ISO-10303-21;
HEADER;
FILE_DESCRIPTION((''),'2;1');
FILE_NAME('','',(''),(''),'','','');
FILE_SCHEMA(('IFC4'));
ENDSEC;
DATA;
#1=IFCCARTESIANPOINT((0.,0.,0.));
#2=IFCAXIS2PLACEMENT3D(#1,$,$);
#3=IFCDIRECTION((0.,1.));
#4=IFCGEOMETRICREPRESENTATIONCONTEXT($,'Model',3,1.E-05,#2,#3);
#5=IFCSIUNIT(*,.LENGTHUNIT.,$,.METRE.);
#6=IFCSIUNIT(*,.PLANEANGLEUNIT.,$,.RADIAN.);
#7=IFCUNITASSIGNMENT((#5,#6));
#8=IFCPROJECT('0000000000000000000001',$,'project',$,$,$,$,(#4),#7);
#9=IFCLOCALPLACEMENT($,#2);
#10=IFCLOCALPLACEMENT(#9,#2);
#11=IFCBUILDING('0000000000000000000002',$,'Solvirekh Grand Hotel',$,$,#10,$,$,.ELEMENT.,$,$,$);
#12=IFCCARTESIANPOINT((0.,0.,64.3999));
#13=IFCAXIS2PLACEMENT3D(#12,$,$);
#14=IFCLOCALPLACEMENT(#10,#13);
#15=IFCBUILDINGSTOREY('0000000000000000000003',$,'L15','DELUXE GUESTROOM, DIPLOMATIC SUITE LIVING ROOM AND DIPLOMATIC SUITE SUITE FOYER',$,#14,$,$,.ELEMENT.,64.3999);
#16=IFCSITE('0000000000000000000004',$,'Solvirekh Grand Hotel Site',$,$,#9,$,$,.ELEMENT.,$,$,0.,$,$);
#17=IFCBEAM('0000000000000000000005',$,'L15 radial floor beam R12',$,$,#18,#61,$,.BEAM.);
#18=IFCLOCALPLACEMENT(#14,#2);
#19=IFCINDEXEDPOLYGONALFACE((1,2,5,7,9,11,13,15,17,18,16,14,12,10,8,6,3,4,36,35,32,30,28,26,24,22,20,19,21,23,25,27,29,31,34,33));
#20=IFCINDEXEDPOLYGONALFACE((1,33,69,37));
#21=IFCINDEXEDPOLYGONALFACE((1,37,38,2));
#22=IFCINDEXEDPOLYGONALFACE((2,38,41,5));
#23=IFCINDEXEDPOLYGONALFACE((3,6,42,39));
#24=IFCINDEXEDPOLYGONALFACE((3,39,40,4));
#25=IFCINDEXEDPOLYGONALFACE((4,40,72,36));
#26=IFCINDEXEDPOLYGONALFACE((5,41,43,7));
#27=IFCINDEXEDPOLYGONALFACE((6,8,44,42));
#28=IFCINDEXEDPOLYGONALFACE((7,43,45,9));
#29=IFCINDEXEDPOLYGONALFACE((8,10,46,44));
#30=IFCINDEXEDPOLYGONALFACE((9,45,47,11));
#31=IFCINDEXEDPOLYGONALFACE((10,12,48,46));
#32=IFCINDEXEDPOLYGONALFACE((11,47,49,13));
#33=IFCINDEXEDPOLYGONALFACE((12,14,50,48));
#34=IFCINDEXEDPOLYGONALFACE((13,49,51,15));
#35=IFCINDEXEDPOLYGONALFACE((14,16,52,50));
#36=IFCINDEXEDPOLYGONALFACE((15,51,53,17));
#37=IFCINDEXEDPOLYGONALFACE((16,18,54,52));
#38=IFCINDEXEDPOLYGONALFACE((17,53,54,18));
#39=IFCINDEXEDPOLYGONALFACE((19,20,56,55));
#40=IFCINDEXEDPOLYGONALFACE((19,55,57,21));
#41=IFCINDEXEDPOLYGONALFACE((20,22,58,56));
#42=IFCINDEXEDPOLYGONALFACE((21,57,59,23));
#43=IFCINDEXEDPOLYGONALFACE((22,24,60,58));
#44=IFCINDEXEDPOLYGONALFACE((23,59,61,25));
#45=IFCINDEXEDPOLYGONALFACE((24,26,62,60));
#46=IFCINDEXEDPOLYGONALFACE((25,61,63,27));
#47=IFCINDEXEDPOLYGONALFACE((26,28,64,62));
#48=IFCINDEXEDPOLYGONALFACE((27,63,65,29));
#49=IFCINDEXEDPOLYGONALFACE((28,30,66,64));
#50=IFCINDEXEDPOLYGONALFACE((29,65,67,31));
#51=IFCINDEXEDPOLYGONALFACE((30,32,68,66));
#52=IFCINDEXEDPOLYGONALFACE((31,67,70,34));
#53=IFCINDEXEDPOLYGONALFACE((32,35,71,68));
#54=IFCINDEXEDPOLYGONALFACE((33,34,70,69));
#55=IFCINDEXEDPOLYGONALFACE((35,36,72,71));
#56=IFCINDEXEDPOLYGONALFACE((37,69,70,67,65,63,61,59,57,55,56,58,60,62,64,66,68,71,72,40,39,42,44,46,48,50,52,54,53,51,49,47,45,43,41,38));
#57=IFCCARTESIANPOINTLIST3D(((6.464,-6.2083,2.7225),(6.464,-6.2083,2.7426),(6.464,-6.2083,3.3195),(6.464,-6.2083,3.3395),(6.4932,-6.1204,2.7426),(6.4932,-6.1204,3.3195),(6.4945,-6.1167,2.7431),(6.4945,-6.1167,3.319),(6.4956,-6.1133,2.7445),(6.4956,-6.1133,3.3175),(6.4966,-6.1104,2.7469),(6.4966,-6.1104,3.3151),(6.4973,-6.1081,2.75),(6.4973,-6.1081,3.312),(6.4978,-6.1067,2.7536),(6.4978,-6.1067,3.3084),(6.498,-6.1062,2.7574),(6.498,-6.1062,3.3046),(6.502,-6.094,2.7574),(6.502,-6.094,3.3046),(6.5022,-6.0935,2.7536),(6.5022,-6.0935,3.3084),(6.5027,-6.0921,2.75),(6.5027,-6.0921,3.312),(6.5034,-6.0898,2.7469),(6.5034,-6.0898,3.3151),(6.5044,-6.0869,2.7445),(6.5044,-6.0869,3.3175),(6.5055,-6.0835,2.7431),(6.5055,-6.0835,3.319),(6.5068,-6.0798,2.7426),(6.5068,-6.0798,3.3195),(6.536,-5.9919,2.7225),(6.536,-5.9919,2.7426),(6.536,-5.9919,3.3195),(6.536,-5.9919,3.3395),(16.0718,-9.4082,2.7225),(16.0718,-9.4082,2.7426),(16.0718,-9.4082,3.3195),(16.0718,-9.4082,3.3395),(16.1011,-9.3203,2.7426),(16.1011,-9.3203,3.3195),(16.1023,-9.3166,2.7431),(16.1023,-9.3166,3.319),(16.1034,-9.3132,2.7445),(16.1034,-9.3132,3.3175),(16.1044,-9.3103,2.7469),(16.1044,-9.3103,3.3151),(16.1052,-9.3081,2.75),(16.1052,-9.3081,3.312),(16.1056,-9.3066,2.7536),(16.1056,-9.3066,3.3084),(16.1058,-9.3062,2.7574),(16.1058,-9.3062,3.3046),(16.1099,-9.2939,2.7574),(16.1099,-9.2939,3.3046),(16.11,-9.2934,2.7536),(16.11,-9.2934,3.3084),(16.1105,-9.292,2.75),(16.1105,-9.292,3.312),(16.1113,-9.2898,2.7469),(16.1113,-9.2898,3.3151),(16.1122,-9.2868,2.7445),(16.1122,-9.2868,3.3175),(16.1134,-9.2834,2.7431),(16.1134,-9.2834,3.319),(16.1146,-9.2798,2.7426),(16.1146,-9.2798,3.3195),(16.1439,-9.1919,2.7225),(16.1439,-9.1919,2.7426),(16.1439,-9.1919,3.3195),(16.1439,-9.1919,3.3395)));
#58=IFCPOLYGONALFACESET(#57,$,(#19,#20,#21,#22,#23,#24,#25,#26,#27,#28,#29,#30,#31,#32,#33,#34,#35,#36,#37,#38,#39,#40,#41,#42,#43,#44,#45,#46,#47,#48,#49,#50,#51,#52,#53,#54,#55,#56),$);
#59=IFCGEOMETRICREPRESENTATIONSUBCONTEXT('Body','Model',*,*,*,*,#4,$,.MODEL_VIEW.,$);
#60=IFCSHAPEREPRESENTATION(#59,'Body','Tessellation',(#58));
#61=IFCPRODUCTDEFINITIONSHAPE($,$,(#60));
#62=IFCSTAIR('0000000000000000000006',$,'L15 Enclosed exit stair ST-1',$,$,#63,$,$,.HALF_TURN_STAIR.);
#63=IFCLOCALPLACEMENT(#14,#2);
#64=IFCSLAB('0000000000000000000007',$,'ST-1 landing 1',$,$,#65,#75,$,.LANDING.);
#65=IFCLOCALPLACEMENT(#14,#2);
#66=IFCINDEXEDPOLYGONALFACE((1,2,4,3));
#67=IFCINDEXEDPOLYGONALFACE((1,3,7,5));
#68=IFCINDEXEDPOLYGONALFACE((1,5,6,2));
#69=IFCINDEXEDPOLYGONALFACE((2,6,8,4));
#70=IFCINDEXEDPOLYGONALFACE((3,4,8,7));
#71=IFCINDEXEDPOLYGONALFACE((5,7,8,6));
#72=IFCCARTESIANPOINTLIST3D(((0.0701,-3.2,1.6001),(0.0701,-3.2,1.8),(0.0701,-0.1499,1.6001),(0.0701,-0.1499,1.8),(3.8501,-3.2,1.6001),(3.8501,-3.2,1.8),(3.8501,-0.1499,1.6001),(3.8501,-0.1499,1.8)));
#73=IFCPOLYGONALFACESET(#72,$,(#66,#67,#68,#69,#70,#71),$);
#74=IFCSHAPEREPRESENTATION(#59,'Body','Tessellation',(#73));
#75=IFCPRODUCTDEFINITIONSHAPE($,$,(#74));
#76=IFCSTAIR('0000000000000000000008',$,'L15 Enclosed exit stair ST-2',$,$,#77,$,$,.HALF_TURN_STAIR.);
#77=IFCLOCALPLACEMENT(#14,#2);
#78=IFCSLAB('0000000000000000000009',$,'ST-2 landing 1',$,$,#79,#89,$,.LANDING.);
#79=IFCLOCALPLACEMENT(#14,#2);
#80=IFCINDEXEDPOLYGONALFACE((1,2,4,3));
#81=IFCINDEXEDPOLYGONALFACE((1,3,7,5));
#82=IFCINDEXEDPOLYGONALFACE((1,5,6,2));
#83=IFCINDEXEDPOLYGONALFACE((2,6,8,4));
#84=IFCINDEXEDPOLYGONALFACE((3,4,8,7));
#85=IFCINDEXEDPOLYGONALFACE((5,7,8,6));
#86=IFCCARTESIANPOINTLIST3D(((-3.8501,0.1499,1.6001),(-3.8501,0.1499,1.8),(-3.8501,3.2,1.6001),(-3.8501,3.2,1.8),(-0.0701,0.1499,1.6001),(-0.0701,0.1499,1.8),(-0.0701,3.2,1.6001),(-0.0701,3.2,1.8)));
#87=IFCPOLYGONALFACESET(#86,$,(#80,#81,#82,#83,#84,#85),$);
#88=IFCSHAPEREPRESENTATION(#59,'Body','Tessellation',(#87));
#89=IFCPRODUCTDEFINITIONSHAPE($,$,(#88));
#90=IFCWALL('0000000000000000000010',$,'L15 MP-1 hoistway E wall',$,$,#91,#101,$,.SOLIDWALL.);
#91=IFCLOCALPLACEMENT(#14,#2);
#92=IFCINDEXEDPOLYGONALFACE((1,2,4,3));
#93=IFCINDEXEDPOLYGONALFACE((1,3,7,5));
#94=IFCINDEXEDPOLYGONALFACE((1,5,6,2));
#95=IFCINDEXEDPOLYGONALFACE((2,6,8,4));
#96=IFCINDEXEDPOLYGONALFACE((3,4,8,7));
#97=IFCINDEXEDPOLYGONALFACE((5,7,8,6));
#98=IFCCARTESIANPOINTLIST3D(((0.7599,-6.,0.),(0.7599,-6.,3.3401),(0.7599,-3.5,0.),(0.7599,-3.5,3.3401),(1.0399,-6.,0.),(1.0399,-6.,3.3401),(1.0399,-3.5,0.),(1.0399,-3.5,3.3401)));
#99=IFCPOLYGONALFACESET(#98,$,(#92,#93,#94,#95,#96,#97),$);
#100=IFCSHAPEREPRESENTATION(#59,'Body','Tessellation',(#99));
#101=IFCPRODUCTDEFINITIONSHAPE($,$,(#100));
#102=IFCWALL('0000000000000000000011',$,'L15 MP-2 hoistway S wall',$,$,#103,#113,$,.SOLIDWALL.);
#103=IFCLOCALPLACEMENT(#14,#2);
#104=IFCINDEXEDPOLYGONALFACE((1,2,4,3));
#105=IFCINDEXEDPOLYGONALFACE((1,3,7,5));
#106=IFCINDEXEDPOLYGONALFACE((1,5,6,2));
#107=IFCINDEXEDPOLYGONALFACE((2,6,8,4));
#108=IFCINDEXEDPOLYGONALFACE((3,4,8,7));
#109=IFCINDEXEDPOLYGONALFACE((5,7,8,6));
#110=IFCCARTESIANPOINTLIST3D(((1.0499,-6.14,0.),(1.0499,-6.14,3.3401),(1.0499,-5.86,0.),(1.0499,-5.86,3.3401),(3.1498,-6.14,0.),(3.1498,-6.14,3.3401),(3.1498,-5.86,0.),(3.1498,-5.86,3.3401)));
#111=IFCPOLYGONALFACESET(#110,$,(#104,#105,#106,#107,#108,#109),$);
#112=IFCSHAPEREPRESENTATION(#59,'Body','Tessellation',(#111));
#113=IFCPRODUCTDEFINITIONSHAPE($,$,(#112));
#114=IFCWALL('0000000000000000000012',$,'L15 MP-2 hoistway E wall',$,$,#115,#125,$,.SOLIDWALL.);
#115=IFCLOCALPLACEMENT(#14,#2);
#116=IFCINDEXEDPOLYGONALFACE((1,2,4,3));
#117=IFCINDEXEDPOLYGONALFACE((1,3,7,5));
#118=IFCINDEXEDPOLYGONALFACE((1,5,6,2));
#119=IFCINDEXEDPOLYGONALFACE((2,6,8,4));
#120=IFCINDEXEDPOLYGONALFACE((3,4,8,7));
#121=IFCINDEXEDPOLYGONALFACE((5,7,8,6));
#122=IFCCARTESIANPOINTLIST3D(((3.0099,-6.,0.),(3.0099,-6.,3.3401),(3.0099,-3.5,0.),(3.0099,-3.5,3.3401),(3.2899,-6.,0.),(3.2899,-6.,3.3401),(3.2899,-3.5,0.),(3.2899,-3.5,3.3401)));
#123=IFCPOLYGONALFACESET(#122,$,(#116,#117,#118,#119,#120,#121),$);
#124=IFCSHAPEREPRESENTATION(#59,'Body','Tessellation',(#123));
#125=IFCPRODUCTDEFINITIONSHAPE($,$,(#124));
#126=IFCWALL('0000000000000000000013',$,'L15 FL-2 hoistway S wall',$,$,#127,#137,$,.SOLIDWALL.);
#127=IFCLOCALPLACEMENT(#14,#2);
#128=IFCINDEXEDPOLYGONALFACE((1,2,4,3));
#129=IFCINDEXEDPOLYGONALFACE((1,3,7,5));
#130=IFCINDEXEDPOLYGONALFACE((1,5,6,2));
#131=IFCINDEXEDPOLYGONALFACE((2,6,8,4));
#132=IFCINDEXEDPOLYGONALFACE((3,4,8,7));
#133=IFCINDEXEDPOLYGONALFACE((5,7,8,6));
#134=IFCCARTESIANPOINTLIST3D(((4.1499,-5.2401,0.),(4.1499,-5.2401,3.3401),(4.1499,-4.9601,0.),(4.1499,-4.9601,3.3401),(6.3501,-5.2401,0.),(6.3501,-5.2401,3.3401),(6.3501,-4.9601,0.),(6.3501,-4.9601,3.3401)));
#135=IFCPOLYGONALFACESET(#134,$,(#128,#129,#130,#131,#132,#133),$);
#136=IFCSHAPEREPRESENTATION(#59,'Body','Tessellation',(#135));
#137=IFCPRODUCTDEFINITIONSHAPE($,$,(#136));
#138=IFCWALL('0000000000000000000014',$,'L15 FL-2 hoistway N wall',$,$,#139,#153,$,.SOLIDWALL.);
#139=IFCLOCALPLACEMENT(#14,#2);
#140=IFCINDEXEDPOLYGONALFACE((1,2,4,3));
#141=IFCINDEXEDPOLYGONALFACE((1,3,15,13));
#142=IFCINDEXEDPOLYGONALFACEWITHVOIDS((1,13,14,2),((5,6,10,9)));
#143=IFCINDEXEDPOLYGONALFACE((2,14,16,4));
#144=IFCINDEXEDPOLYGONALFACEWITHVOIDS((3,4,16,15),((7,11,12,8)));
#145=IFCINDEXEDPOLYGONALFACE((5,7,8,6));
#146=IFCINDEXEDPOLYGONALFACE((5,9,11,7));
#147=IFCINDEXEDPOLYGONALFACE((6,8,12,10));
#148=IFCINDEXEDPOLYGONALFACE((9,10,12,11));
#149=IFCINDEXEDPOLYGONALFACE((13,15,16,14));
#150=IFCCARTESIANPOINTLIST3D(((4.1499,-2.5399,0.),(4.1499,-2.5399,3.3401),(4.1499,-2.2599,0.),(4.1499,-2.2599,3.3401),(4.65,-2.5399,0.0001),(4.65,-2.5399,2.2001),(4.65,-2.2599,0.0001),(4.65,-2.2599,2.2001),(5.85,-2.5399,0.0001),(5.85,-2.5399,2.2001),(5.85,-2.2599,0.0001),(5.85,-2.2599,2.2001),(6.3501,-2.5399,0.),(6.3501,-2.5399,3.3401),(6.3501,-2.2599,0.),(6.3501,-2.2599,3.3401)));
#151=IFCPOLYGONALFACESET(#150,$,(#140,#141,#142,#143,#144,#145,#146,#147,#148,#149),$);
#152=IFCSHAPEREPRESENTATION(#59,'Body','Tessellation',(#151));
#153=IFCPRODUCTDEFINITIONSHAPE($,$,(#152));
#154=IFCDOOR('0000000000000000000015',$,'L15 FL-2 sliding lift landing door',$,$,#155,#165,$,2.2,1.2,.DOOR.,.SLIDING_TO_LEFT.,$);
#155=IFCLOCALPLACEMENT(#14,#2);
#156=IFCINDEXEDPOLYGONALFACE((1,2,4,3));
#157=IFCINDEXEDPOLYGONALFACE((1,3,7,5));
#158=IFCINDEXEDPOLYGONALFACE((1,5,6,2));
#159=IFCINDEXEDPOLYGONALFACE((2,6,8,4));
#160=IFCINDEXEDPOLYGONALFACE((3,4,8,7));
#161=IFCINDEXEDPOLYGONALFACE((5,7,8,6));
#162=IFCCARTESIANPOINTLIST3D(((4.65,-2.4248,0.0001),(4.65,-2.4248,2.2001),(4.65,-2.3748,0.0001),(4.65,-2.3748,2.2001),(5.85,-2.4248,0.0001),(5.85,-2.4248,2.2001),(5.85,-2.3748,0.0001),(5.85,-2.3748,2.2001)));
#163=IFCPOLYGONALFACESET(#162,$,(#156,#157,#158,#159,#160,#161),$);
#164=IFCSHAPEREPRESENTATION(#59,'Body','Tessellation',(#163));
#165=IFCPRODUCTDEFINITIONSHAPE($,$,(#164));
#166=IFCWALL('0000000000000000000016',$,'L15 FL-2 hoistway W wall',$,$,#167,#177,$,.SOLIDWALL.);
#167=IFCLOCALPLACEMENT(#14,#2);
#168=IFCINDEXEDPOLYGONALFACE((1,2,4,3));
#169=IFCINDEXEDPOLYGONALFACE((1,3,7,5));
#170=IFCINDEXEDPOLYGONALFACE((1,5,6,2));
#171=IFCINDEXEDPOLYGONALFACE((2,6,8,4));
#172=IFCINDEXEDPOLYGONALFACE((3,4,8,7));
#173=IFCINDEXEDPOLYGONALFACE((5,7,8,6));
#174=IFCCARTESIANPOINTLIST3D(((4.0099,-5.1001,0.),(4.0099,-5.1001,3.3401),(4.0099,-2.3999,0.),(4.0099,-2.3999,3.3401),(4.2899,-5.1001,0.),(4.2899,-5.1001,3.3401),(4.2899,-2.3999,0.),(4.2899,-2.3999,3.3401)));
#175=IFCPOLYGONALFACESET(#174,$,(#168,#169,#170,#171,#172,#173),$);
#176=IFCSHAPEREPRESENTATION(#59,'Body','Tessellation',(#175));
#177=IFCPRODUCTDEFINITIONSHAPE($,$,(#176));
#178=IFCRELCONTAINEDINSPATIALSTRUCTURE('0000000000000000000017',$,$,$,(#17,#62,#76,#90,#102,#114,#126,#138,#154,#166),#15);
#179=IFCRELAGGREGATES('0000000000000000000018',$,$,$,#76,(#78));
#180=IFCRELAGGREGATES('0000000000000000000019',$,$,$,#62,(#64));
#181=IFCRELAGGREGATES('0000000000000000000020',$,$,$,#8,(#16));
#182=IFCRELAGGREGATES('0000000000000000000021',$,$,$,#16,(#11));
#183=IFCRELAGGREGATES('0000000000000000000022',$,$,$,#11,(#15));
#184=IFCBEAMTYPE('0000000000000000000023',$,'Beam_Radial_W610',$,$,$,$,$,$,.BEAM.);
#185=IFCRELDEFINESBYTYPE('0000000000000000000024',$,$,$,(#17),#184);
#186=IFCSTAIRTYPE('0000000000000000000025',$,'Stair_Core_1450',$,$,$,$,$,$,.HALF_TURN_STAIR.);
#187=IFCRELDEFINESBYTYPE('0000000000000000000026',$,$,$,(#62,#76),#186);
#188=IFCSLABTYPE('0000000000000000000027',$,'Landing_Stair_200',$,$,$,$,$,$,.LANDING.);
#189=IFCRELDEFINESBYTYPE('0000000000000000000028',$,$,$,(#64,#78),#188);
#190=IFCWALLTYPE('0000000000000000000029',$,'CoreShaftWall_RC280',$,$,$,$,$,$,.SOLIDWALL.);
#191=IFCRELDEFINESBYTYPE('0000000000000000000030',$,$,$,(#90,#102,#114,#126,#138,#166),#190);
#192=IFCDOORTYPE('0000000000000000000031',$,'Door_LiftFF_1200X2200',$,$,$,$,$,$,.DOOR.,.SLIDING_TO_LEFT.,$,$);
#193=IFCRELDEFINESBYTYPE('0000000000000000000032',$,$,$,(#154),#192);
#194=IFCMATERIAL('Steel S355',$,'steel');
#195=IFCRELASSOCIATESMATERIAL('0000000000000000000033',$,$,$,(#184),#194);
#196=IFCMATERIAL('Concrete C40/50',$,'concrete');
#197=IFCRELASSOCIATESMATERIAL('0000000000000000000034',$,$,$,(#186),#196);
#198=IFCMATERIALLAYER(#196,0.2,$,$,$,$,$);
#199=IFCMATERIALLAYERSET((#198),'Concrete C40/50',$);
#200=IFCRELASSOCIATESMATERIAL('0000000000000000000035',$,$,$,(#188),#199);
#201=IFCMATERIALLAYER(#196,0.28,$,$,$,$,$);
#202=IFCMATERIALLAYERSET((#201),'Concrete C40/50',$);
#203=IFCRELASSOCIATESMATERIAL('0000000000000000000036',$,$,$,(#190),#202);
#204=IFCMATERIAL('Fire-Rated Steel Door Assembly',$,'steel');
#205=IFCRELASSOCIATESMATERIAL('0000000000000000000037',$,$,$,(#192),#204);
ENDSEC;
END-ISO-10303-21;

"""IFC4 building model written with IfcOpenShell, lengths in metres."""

from ifc_helpers import new_model, si_unit, direction, frame, frame_2d, origin, origin_2d, place, context, subcontext, project, spatial, polyline, rectangle, i_section, outline, extrude, material, layer, layer_set, material_profile, profile_set, type_object, element, fill, aggregate, save


model = new_model("IFC4")

# Units and contexts
model_context = context("Model", 3, precision=1e-05, world=origin(), true_north=direction((0.0, 1.0)))
body_context = subcontext(model_context, "Body", "Model", "MODEL_VIEW")
ifc_project = project(units=[si_unit("LENGTHUNIT", "METRE"), si_unit("PLANEANGLEUNIT", "RADIAN")], contexts=[model_context])

# Site, building, storey
site_placement = place(None, origin())
site = spatial("IfcSite", under=ifc_project, at=site_placement, Name="Solvirekh Grand Hotel Site", CompositionType="ELEMENT", RefElevation=0.0)
building_placement = place(site_placement, origin())
building = spatial("IfcBuilding", under=site, at=building_placement, Name="Solvirekh Grand Hotel", CompositionType="ELEMENT")
storey_placement = place(building_placement, frame((0.0, 0.0, 64.3999)))
storey = spatial("IfcBuildingStorey", under=building, at=storey_placement, Name="L15", Description="DELUXE GUESTROOM, DIPLOMATIC SUITE LIVING ROOM AND DIPLOMATIC SUITE SUITE FOYER", CompositionType="ELEMENT", Elevation=64.3999)

# Beam
ifc_material_1 = material(Name="Steel S355", Category="steel")
ifc_material_profile = material_profile(ifc_material_1, i_section(OverallWidth=0.228, OverallDepth=0.6169, WebThickness=0.0129, FlangeThickness=0.02, FilletRadius=0.0149, at=origin_2d()), Name="W610X140")
ifc_profile_set = profile_set([ifc_material_profile], Name="Steel S355")
beam_type = type_object("IfcBeamType", Name="Beam_Radial_W610", PredefinedType="BEAM", material=ifc_profile_set)
beam_placement = place(storey_placement, frame((6.5, -6.1001, 3.031), z_axis=(0.948763, -0.315989, 0.0), x_axis=(0.315989, 0.948763, 0.0)))
element("IfcBeam", 1, at=beam_placement, inside=storey, type_object=beam_type, Name="L15 radial floor beam R12", PredefinedType="BEAM", context=body_context, shape_type="SweptSolid", body=[
    extrude(i_section(OverallWidth=0.228, OverallDepth=0.6169, WebThickness=0.0129, FlangeThickness=0.02, FilletRadius=0.0149, at=origin_2d()), origin(), (0.0, 0.0, 1.0), 10.1267),
])

# Stairs, slabs
ifc_material_2 = material(Name="Concrete C40/50", Category="concrete")
stair_type = type_object("IfcStairType", Name="Stair_Core_1450", PredefinedType="HALF_TURN_STAIR", material=ifc_material_2)
stair_1_placement = place(storey_placement, origin())
stair_1 = element("IfcStair", 2, at=stair_1_placement, inside=storey, type_object=stair_type, Name="L15 Enclosed exit stair ST-1", PredefinedType="HALF_TURN_STAIR")
ifc_layer_1 = layer(ifc_material_2, 0.2)
ifc_layer_set_1 = layer_set([ifc_layer_1], Name="Concrete C40/50")
slab_type = type_object("IfcSlabType", Name="Landing_Stair_200", PredefinedType="LANDING", material=ifc_layer_set_1)
slab_1_placement = place(storey_placement, frame((0.0, 0.0, 1.6001)))
slab_1 = element("IfcSlab", 3, at=slab_1_placement, type_object=slab_type, Name="ST-1 landing 1", PredefinedType="LANDING", context=body_context, shape_type="SweptSolid", body=[
    extrude(outline(polyline([(0.0701, -3.2), (3.8501, -3.2), (3.8501, -0.1499), (0.0701, -0.1499), (0.0701, -3.2)])), origin(), (0.0, 0.0, 1.0), 0.2),
])
stair_2_placement = place(storey_placement, origin())
stair_2 = element("IfcStair", 4, at=stair_2_placement, inside=storey, type_object=stair_type, Name="L15 Enclosed exit stair ST-2", PredefinedType="HALF_TURN_STAIR")
slab_2_placement = place(storey_placement, frame((0.0, 0.0, 1.6001)))
slab_2 = element("IfcSlab", 5, at=slab_2_placement, type_object=slab_type, Name="ST-2 landing 1", PredefinedType="LANDING", context=body_context, shape_type="SweptSolid", body=[
    extrude(outline(polyline([(-0.0701, 3.2), (-3.8501, 3.2), (-3.8501, 0.1499), (-0.0701, 0.1499), (-0.0701, 3.2)])), origin(), (0.0, 0.0, 1.0), 0.2),
])
aggregate(stair_2, [slab_2])

# Walls
ifc_layer_2 = layer(ifc_material_2, 0.28)
ifc_layer_set_2 = layer_set([ifc_layer_2], Name="Concrete C40/50")
wall_type_1 = type_object("IfcWallType", Name="CoreShaftWall_RC280", PredefinedType="SOLIDWALL", material=ifc_layer_set_2)
wall_1_placement = place(storey_placement, frame((0.8999, -6.0, 0.0), z_axis=(0.0, 0.0, 1.0), x_axis=(0.0, 1.0, 0.0)))
element("IfcWall", 6, at=wall_1_placement, inside=storey, type_object=wall_type_1, Name="L15 MP-1 hoistway E wall", PredefinedType="SOLIDWALL", context=body_context, shape_type="SweptSolid", body=[
    extrude(rectangle(XDim=2.5, YDim=0.28, at=frame_2d((1.25, 0.0))), origin(), (0.0, 0.0, 1.0), 3.3401),
])
wall_2_placement = place(storey_placement, frame((1.05, -6.0, 0.0), z_axis=(0.0, 0.0, 1.0), x_axis=(1.0, 0.0, 0.0)))
element("IfcWall", 7, at=wall_2_placement, inside=storey, type_object=wall_type_1, Name="L15 MP-2 hoistway S wall", PredefinedType="SOLIDWALL", context=body_context, shape_type="SweptSolid", body=[
    extrude(rectangle(XDim=2.0999, YDim=0.28, at=frame_2d((1.0498, 0.0))), origin(), (0.0, 0.0, 1.0), 3.3401),
])
wall_3_placement = place(storey_placement, frame((3.1499, -6.0, 0.0), z_axis=(0.0, 0.0, 1.0), x_axis=(0.0, 1.0, 0.0)))
element("IfcWall", 8, at=wall_3_placement, inside=storey, type_object=wall_type_1, Name="L15 MP-2 hoistway E wall", PredefinedType="SOLIDWALL", context=body_context, shape_type="SweptSolid", body=[
    extrude(rectangle(XDim=2.5, YDim=0.28, at=frame_2d((1.25, 0.0))), origin(), (0.0, 0.0, 1.0), 3.3401),
])
wall_4_placement = place(storey_placement, frame((4.1499, -5.1001, 0.0), z_axis=(0.0, 0.0, 1.0), x_axis=(1.0, 0.0, 0.0)))
element("IfcWall", 9, at=wall_4_placement, inside=storey, type_object=wall_type_1, Name="L15 FL-2 hoistway S wall", PredefinedType="SOLIDWALL", context=body_context, shape_type="SweptSolid", body=[
    extrude(rectangle(XDim=2.2002, YDim=0.28, at=frame_2d((1.1001, 0.0))), origin(), (0.0, 0.0, 1.0), 3.3401),
])

# Wall, opening, door
wall_5_placement = place(storey_placement, frame((6.3501, -2.3999, 0.0), z_axis=(0.0, 0.0, 1.0), x_axis=(-1.0, 0.0, 0.0)))
wall_5 = element("IfcWall", 10, at=wall_5_placement, inside=storey, type_object=wall_type_1, Name="L15 FL-2 hoistway N wall", PredefinedType="SOLIDWALL", context=body_context, shape_type="SweptSolid", body=[
    extrude(rectangle(XDim=2.2002, YDim=0.28, at=frame_2d((1.1001, 0.0))), origin(), (0.0, 0.0, 1.0), 3.3401),
])
opening_1_placement = place(wall_5_placement, frame((0.5, 0.0, 0.0)))
opening_1 = element("IfcOpeningElement", 11, at=opening_1_placement, cuts=wall_5, PredefinedType="OPENING", context=body_context, shape_type="SweptSolid", body=[
    extrude(rectangle(XDim=1.2, YDim=2.2, at=frame_2d((0.6001, 1.1001))), frame((0.0, 0.1499, 0.0), z_axis=(0.0, -1.0, 0.0), x_axis=(1.0, 0.0, 0.0)), (0.0, 0.0, 1.0), 0.3),
])
ifc_material_3 = material(Name="Fire-Rated Steel Door Assembly", Category="steel")
door_type_1 = type_object("IfcDoorType", Name="Door_LiftFF_1200X2200", OperationType="SLIDING_TO_LEFT", PredefinedType="DOOR", material=ifc_material_3)
door_1_placement = place(opening_1_placement, origin())
door_1 = element("IfcDoor", 12, at=door_1_placement, inside=storey, type_object=door_type_1, Name="L15 FL-2 sliding lift landing door", OperationType="SLIDING_TO_LEFT", OverallHeight=2.2, OverallWidth=1.2, PredefinedType="DOOR", context=body_context, shape_type="SweptSolid", body=[
    extrude(rectangle(XDim=1.2, YDim=2.2, at=frame_2d((0.6001, 1.1001))), frame((0.0, 0.0249, 0.0), z_axis=(0.0, -1.0, 0.0), x_axis=(1.0, 0.0, 0.0)), (0.0, 0.0, 1.0), 0.05),
])
fill(opening_1, door_1)

# Wall
wall_6_placement = place(storey_placement, frame((4.1499, -2.3999, 0.0), z_axis=(0.0, 0.0, 1.0), x_axis=(0.0, -1.0, 0.0)))
element("IfcWall", 13, at=wall_6_placement, inside=storey, type_object=wall_type_1, Name="L15 FL-2 hoistway W wall", PredefinedType="SOLIDWALL", context=body_context, shape_type="SweptSolid", body=[
    extrude(rectangle(XDim=2.7002, YDim=0.28, at=frame_2d((1.3501, 0.0))), origin(), (0.0, 0.0, 1.0), 3.3401),
])

aggregate(stair_1, [slab_1])

save(model, "model.ifc")
